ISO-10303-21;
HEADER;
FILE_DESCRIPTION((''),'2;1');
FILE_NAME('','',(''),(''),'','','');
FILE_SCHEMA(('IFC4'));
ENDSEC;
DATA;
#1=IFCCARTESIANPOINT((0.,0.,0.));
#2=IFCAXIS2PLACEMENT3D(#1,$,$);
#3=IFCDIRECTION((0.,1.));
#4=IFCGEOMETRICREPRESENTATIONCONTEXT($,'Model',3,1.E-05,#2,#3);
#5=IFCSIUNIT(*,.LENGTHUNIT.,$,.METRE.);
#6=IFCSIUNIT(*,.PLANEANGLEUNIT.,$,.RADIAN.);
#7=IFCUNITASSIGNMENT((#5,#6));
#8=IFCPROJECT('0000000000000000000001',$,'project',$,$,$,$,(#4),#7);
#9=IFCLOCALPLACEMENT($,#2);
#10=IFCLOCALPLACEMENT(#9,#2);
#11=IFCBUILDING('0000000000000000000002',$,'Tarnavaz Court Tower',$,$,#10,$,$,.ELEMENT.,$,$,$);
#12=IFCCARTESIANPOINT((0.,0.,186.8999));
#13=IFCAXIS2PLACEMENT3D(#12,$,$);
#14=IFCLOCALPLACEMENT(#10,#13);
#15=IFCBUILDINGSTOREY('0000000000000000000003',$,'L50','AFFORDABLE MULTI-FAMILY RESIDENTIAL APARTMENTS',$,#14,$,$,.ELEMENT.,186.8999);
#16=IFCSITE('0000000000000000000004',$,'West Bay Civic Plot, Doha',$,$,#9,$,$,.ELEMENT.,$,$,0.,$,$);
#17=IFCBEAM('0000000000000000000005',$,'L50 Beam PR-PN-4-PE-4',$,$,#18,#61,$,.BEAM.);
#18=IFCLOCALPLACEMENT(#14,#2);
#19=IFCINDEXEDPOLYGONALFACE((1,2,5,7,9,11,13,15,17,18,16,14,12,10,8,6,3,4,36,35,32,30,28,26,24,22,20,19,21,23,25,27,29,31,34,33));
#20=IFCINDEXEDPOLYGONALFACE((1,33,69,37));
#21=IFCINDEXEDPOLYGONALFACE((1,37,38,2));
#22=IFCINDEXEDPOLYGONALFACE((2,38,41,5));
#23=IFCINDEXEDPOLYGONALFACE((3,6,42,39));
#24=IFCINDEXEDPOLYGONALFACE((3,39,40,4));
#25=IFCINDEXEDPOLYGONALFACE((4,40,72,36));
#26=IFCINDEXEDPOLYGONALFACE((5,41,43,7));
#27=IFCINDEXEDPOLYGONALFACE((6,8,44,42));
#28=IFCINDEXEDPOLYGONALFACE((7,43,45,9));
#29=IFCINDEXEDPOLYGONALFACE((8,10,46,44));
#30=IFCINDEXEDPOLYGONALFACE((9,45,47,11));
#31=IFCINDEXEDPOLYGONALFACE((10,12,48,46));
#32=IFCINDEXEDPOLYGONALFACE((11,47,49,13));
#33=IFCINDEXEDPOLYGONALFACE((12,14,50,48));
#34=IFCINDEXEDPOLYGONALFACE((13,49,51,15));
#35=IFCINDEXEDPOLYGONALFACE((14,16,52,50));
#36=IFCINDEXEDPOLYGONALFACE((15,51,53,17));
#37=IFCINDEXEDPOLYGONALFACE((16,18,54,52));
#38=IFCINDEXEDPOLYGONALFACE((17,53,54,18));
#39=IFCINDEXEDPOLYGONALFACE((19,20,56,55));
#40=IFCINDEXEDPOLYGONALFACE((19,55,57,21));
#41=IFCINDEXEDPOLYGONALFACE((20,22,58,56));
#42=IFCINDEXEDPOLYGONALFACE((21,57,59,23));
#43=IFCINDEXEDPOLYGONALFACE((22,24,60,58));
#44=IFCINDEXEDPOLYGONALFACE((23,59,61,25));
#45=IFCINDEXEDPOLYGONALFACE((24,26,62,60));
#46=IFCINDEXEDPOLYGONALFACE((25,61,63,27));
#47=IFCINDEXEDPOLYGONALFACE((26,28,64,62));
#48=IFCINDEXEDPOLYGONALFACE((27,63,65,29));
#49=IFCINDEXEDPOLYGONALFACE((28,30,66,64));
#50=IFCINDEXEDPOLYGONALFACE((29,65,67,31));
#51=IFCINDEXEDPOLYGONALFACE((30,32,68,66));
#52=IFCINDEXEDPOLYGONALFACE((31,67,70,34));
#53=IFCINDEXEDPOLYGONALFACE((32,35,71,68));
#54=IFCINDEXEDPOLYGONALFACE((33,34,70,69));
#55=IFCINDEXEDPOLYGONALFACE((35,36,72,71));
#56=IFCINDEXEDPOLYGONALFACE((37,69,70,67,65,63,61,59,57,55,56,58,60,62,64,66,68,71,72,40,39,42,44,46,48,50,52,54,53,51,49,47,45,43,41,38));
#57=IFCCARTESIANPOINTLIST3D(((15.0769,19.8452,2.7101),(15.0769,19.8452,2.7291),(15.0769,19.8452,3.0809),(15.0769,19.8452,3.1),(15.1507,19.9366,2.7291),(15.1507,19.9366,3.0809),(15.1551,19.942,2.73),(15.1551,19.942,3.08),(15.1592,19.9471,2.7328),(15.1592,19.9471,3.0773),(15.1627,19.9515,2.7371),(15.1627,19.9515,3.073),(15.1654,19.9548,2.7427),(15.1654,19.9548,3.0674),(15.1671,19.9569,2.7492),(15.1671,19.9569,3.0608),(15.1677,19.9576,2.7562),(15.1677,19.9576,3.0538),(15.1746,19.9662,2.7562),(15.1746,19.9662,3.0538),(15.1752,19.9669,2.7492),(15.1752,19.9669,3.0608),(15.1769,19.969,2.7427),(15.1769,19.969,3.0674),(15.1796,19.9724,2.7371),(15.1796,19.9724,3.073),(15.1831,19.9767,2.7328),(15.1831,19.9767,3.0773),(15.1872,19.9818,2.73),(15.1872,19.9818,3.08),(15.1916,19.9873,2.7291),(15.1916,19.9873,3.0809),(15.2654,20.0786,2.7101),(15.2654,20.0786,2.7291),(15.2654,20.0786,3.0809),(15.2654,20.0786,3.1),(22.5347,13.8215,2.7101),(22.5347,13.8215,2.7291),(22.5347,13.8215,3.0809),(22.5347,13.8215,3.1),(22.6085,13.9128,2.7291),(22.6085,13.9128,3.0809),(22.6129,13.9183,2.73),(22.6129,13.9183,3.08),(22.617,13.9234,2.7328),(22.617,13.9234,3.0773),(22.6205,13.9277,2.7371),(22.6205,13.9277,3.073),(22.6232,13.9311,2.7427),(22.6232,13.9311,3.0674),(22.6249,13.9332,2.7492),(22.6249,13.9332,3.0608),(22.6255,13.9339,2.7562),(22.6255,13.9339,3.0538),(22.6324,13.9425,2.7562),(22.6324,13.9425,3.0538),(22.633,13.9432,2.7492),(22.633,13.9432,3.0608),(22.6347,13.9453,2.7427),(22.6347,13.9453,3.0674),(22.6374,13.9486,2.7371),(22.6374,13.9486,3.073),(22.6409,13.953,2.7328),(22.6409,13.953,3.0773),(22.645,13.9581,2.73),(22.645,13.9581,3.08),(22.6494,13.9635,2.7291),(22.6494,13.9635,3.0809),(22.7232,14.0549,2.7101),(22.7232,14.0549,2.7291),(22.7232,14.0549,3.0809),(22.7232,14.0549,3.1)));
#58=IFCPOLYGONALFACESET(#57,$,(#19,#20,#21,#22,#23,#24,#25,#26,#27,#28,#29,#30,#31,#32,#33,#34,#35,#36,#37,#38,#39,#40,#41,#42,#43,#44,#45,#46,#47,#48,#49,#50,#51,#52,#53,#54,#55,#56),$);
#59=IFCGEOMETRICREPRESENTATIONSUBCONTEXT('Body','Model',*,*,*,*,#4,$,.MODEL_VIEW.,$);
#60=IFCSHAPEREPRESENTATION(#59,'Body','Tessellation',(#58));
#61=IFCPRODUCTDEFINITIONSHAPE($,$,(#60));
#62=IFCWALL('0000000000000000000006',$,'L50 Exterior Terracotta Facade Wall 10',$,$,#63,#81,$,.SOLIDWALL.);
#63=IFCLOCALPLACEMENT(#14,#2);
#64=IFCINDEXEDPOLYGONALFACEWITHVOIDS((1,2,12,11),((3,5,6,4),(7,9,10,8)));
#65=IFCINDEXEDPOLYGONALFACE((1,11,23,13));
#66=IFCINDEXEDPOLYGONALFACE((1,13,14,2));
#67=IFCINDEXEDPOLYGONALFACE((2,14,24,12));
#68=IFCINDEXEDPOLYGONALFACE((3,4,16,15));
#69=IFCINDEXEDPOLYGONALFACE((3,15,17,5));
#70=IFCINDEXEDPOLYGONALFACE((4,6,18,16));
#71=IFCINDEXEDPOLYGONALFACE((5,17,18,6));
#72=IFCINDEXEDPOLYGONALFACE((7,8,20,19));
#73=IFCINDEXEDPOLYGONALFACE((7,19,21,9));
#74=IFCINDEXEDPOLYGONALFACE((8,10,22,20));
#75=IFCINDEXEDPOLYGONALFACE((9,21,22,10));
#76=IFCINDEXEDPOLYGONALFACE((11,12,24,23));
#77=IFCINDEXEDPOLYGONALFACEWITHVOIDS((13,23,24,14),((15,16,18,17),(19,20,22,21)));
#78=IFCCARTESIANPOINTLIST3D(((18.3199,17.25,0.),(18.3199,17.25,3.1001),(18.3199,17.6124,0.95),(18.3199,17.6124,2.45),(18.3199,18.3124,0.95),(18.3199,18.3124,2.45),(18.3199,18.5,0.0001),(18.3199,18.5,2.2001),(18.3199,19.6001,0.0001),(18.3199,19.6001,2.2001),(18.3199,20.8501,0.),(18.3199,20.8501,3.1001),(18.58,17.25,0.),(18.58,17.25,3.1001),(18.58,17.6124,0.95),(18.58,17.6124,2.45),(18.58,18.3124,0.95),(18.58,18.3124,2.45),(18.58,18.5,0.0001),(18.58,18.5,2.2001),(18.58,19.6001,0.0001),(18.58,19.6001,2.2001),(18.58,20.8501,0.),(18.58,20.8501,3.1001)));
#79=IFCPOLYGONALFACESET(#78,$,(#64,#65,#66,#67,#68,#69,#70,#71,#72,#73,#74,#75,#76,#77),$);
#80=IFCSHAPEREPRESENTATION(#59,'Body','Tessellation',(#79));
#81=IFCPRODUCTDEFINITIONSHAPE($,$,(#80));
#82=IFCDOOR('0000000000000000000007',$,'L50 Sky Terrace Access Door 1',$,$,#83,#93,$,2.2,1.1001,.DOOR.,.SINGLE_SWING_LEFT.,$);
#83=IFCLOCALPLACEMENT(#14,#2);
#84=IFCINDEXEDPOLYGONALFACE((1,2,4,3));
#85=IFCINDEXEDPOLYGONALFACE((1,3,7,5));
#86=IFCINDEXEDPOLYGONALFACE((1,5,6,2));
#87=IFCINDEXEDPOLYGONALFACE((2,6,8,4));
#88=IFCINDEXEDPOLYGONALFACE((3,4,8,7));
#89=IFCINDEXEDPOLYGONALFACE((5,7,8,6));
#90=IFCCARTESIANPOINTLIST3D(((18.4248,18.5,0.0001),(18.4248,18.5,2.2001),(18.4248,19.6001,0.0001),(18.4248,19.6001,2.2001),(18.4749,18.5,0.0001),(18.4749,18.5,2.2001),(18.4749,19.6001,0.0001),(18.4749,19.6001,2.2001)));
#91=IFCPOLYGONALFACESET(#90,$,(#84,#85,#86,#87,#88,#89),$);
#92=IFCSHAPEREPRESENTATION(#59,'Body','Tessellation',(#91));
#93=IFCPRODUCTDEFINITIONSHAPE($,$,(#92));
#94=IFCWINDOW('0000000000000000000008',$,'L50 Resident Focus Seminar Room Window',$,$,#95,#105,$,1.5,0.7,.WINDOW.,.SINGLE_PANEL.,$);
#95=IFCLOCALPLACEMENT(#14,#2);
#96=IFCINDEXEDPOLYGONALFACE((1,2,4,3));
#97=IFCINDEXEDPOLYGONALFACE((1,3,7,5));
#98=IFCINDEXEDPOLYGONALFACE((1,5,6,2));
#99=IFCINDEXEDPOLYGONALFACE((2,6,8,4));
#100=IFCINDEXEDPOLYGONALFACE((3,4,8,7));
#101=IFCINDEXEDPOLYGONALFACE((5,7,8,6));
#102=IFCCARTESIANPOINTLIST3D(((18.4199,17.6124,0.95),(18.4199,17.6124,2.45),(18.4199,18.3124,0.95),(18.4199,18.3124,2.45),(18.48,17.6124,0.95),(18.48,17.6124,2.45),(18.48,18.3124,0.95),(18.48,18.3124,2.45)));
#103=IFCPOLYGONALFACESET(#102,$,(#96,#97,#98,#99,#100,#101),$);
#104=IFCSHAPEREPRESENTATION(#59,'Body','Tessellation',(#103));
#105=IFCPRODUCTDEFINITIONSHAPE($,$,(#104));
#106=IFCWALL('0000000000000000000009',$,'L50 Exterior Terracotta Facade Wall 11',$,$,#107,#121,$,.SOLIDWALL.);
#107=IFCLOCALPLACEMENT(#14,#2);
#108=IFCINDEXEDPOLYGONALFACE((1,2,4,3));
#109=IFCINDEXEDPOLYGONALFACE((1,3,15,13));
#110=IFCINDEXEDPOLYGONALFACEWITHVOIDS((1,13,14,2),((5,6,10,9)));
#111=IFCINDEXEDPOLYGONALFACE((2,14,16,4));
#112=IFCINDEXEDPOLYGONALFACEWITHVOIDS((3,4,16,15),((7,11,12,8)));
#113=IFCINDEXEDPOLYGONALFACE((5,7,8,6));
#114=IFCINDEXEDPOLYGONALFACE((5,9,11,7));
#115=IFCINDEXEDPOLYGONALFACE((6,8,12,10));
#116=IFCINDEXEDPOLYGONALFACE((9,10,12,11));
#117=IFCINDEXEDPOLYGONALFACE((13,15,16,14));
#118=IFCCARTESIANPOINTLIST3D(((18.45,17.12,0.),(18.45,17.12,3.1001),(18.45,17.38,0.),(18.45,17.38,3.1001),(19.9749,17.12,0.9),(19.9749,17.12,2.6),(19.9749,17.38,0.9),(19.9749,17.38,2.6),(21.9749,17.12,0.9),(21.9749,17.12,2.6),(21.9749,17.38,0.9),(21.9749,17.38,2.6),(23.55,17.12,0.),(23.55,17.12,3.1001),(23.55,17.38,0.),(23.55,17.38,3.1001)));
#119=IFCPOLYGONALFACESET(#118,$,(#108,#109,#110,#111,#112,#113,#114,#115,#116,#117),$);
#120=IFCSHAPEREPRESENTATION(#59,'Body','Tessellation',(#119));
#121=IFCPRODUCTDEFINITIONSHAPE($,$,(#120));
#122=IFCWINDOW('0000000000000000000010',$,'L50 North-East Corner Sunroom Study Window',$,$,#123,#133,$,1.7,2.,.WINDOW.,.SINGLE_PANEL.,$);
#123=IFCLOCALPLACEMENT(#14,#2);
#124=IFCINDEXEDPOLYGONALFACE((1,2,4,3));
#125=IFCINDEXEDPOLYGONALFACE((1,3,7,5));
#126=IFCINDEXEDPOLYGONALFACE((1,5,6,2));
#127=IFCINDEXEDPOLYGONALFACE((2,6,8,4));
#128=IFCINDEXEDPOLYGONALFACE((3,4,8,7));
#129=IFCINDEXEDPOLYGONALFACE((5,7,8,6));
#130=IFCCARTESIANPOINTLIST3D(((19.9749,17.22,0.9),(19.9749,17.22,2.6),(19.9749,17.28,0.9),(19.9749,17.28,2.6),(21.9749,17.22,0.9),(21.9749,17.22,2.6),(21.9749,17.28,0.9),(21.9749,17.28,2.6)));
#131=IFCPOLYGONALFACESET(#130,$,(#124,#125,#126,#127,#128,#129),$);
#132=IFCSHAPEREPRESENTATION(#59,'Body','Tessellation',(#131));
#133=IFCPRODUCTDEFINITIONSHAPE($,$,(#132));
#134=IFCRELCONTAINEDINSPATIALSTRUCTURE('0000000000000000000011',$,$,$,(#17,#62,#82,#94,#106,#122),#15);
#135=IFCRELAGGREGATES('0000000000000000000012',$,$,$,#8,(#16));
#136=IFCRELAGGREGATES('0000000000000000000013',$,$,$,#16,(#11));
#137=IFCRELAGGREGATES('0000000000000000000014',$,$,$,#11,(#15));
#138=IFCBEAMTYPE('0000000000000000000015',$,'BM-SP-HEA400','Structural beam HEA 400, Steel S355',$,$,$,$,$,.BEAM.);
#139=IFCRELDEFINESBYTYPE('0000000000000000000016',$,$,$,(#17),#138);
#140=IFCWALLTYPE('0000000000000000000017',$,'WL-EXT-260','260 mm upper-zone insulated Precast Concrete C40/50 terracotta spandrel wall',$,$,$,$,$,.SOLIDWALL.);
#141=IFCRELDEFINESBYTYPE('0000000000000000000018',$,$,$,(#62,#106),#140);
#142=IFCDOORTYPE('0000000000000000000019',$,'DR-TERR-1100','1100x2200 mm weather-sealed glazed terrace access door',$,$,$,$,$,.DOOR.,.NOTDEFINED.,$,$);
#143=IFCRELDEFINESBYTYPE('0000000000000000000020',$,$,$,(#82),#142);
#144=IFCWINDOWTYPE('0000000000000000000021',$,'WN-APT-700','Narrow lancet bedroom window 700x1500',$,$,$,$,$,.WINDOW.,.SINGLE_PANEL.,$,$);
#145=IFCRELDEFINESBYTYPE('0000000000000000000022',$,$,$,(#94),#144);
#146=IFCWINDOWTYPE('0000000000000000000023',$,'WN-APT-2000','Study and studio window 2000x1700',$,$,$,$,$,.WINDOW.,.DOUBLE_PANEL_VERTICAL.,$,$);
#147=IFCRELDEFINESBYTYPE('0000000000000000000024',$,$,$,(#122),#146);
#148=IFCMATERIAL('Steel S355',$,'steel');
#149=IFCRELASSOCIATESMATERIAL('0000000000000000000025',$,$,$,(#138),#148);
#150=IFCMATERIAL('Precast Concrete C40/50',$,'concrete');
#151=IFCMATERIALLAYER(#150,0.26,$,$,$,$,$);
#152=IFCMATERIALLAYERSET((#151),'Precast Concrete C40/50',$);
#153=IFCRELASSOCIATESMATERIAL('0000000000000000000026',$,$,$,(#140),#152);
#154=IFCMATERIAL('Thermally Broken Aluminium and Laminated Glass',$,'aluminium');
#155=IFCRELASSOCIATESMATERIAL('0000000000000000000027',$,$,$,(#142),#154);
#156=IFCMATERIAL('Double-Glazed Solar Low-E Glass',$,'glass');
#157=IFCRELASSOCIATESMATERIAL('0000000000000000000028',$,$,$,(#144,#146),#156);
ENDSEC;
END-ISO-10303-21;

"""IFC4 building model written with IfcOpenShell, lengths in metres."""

from ifc_helpers import new_model, si_unit, direction, frame, frame_2d, origin, origin_2d, place, context, subcontext, project, spatial, rectangle, i_section, extrude, material, layer, layer_set, material_profile, profile_set, type_object, element, fill, save


model = new_model("IFC4")

# Units and contexts
model_context = context("Model", 3, precision=1e-05, world=origin(), true_north=direction((0.0, 1.0)))
body_context = subcontext(model_context, "Body", "Model", "MODEL_VIEW")
ifc_project = project(units=[si_unit("LENGTHUNIT", "METRE"), si_unit("PLANEANGLEUNIT", "RADIAN")], contexts=[model_context])

# Site, building, storey
site_placement = place(None, origin())
site = spatial("IfcSite", under=ifc_project, at=site_placement, Name="West Bay Civic Plot, Doha", CompositionType="ELEMENT", RefElevation=0.0)
building_placement = place(site_placement, origin())
building = spatial("IfcBuilding", under=site, at=building_placement, Name="Tarnavaz Court Tower", CompositionType="ELEMENT")
storey_placement = place(building_placement, frame((0.0, 0.0, 186.8999)))
storey = spatial("IfcBuildingStorey", under=building, at=storey_placement, Name="L50", Description="AFFORDABLE MULTI-FAMILY RESIDENTIAL APARTMENTS", CompositionType="ELEMENT", Elevation=186.8999)

# Beam
ifc_material_1 = material(Name="Steel S355", Category="steel")
ifc_material_profile_1 = material_profile(ifc_material_1, i_section(OverallWidth=0.3, OverallDepth=0.3899, WebThickness=0.011, FlangeThickness=0.019, FilletRadius=0.0271, at=origin_2d()), Name="HEA 400")
ifc_profile_set_1 = profile_set([ifc_material_profile_1], Name="Steel S355")
beam_type_1 = type_object("IfcBeamType", Name="BM-SP-HEA400", Description="Structural beam HEA 400, Steel S355", PredefinedType="BEAM", material=ifc_profile_set_1)
beam_1_placement = place(storey_placement, frame((15.1711, 19.9619, 2.905), z_axis=(0.777936, -0.628344, 0.0), x_axis=(0.628344, 0.777936, 0.0)))
element("IfcBeam", 1, at=beam_1_placement, inside=storey, type_object=beam_type_1, Name="L50 Beam PR-PN-4-PE-4", PredefinedType="BEAM", context=body_context, shape_type="SweptSolid", body=[
    extrude(i_section(OverallWidth=0.3, OverallDepth=0.3899, WebThickness=0.011, FlangeThickness=0.019, FilletRadius=0.0271, at=origin_2d()), origin(), (0.0, 0.0, 1.0), 9.5867),
])

# Wall, openings, door, window
ifc_material_2 = material(Name="Precast Concrete C40/50", Category="concrete")
ifc_layer_1 = layer(ifc_material_2, 0.26)
ifc_layer_set_1 = layer_set([ifc_layer_1], Name="Precast Concrete C40/50")
wall_type_1 = type_object("IfcWallType", Name="WL-EXT-260", Description="260 mm upper-zone insulated Precast Concrete C40/50 terracotta spandrel wall", PredefinedType="SOLIDWALL", material=ifc_layer_set_1)
wall_1_placement = place(storey_placement, frame((18.45, 20.8501, 0.0), z_axis=(0.0, 0.0, 1.0), x_axis=(0.0, -1.0, 0.0)))
wall_1 = element("IfcWall", 2, at=wall_1_placement, inside=storey, type_object=wall_type_1, Name="L50 Exterior Terracotta Facade Wall 10", PredefinedType="SOLIDWALL", context=body_context, shape_type="SweptSolid", body=[
    extrude(rectangle(XDim=3.6001, YDim=0.26, at=frame_2d((1.8, 0.0))), origin(), (0.0, 0.0, 1.0), 3.1001),
])
opening_1_placement = place(wall_1_placement, frame((1.25, 0.0, 0.0)))
opening_1 = element("IfcOpeningElement", 3, at=opening_1_placement, cuts=wall_1, PredefinedType="OPENING", context=body_context, shape_type="SweptSolid", body=[
    extrude(rectangle(XDim=1.1001, YDim=2.2, at=frame_2d((0.55, 1.1001))), frame((0.0, 0.1399, 0.0), z_axis=(0.0, -1.0, 0.0), x_axis=(1.0, 0.0, 0.0)), (0.0, 0.0, 1.0), 0.28),
])
opening_2_placement = place(wall_1_placement, frame((2.5376, 0.0, 0.95)))
opening_2 = element("IfcOpeningElement", 4, at=opening_2_placement, cuts=wall_1, PredefinedType="OPENING", context=body_context, shape_type="SweptSolid", body=[
    extrude(rectangle(XDim=0.7, YDim=1.5, at=frame_2d((0.3501, 0.75))), frame((0.0, 0.1399, 0.0), z_axis=(0.0, -1.0, 0.0), x_axis=(1.0, 0.0, 0.0)), (0.0, 0.0, 1.0), 0.28),
])
ifc_material_3 = material(Name="Thermally Broken Aluminium and Laminated Glass", Category="aluminium")
door_type_1 = type_object("IfcDoorType", Name="DR-TERR-1100", Description="1100x2200 mm weather-sealed glazed terrace access door", OperationType="NOTDEFINED", PredefinedType="DOOR", material=ifc_material_3)
door_1_placement = place(opening_1_placement, origin())
door_1 = element("IfcDoor", 5, at=door_1_placement, inside=storey, type_object=door_type_1, Name="L50 Sky Terrace Access Door 1", OperationType="SINGLE_SWING_LEFT", OverallHeight=2.2, OverallWidth=1.1001, PredefinedType="DOOR", context=body_context, shape_type="SweptSolid", body=[
    extrude(rectangle(XDim=1.1001, YDim=2.2, at=frame_2d((0.55, 1.1001))), frame((0.0, 0.0249, 0.0), z_axis=(0.0, -1.0, 0.0), x_axis=(1.0, 0.0, 0.0)), (0.0, 0.0, 1.0), 0.05),
])
fill(opening_1, door_1)
ifc_material_4 = material(Name="Double-Glazed Solar Low-E Glass", Category="glass")
window_type_1 = type_object("IfcWindowType", Name="WN-APT-700", Description="Narrow lancet bedroom window 700x1500", PartitioningType="SINGLE_PANEL", PredefinedType="WINDOW", material=ifc_material_4)
window_1_placement = place(opening_2_placement, origin())
window_1 = element("IfcWindow", 6, at=window_1_placement, inside=storey, type_object=window_type_1, Name="L50 Resident Focus Seminar Room Window", OverallHeight=1.5, OverallWidth=0.7, PartitioningType="SINGLE_PANEL", PredefinedType="WINDOW", context=body_context, shape_type="SweptSolid", body=[
    extrude(rectangle(XDim=0.7, YDim=1.5, at=frame_2d((0.3501, 0.75))), frame((0.0, 0.03, 0.0), z_axis=(0.0, -1.0, 0.0), x_axis=(1.0, 0.0, 0.0)), (0.0, 0.0, 1.0), 0.0601),
])
fill(opening_2, window_1)

# Wall, opening, window
wall_2_placement = place(storey_placement, frame((18.45, 17.25, 0.0), z_axis=(0.0, 0.0, 1.0), x_axis=(1.0, 0.0, 0.0)))
wall_2 = element("IfcWall", 7, at=wall_2_placement, inside=storey, type_object=wall_type_1, Name="L50 Exterior Terracotta Facade Wall 11", PredefinedType="SOLIDWALL", context=body_context, shape_type="SweptSolid", body=[
    extrude(rectangle(XDim=5.1001, YDim=0.26, at=frame_2d((2.55, 0.0))), origin(), (0.0, 0.0, 1.0), 3.1001),
])
opening_3_placement = place(wall_2_placement, frame((1.5249, 0.0, 0.8999)))
opening_3 = element("IfcOpeningElement", 8, at=opening_3_placement, cuts=wall_2, PredefinedType="OPENING", context=body_context, shape_type="SweptSolid", body=[
    extrude(rectangle(XDim=2.0, YDim=1.7, at=frame_2d((1.0, 0.8501))), frame((0.0, 0.1399, 0.0), z_axis=(0.0, -1.0, 0.0), x_axis=(1.0, 0.0, 0.0)), (0.0, 0.0, 1.0), 0.28),
])
window_type_2 = type_object("IfcWindowType", Name="WN-APT-2000", Description="Study and studio window 2000x1700", PartitioningType="DOUBLE_PANEL_VERTICAL", PredefinedType="WINDOW", material=ifc_material_4)
window_2_placement = place(opening_3_placement, origin())
window_2 = element("IfcWindow", 9, at=window_2_placement, inside=storey, type_object=window_type_2, Name="L50 North-East Corner Sunroom Study Window", OverallHeight=1.7, OverallWidth=2.0, PartitioningType="SINGLE_PANEL", PredefinedType="WINDOW", context=body_context, shape_type="SweptSolid", body=[
    extrude(rectangle(XDim=2.0, YDim=1.7, at=frame_2d((1.0, 0.8501))), frame((0.0, 0.03, 0.0), z_axis=(0.0, -1.0, 0.0), x_axis=(1.0, 0.0, 0.0)), (0.0, 0.0, 1.0), 0.0601),
])
fill(opening_3, window_2)

save(model, "model.ifc")
